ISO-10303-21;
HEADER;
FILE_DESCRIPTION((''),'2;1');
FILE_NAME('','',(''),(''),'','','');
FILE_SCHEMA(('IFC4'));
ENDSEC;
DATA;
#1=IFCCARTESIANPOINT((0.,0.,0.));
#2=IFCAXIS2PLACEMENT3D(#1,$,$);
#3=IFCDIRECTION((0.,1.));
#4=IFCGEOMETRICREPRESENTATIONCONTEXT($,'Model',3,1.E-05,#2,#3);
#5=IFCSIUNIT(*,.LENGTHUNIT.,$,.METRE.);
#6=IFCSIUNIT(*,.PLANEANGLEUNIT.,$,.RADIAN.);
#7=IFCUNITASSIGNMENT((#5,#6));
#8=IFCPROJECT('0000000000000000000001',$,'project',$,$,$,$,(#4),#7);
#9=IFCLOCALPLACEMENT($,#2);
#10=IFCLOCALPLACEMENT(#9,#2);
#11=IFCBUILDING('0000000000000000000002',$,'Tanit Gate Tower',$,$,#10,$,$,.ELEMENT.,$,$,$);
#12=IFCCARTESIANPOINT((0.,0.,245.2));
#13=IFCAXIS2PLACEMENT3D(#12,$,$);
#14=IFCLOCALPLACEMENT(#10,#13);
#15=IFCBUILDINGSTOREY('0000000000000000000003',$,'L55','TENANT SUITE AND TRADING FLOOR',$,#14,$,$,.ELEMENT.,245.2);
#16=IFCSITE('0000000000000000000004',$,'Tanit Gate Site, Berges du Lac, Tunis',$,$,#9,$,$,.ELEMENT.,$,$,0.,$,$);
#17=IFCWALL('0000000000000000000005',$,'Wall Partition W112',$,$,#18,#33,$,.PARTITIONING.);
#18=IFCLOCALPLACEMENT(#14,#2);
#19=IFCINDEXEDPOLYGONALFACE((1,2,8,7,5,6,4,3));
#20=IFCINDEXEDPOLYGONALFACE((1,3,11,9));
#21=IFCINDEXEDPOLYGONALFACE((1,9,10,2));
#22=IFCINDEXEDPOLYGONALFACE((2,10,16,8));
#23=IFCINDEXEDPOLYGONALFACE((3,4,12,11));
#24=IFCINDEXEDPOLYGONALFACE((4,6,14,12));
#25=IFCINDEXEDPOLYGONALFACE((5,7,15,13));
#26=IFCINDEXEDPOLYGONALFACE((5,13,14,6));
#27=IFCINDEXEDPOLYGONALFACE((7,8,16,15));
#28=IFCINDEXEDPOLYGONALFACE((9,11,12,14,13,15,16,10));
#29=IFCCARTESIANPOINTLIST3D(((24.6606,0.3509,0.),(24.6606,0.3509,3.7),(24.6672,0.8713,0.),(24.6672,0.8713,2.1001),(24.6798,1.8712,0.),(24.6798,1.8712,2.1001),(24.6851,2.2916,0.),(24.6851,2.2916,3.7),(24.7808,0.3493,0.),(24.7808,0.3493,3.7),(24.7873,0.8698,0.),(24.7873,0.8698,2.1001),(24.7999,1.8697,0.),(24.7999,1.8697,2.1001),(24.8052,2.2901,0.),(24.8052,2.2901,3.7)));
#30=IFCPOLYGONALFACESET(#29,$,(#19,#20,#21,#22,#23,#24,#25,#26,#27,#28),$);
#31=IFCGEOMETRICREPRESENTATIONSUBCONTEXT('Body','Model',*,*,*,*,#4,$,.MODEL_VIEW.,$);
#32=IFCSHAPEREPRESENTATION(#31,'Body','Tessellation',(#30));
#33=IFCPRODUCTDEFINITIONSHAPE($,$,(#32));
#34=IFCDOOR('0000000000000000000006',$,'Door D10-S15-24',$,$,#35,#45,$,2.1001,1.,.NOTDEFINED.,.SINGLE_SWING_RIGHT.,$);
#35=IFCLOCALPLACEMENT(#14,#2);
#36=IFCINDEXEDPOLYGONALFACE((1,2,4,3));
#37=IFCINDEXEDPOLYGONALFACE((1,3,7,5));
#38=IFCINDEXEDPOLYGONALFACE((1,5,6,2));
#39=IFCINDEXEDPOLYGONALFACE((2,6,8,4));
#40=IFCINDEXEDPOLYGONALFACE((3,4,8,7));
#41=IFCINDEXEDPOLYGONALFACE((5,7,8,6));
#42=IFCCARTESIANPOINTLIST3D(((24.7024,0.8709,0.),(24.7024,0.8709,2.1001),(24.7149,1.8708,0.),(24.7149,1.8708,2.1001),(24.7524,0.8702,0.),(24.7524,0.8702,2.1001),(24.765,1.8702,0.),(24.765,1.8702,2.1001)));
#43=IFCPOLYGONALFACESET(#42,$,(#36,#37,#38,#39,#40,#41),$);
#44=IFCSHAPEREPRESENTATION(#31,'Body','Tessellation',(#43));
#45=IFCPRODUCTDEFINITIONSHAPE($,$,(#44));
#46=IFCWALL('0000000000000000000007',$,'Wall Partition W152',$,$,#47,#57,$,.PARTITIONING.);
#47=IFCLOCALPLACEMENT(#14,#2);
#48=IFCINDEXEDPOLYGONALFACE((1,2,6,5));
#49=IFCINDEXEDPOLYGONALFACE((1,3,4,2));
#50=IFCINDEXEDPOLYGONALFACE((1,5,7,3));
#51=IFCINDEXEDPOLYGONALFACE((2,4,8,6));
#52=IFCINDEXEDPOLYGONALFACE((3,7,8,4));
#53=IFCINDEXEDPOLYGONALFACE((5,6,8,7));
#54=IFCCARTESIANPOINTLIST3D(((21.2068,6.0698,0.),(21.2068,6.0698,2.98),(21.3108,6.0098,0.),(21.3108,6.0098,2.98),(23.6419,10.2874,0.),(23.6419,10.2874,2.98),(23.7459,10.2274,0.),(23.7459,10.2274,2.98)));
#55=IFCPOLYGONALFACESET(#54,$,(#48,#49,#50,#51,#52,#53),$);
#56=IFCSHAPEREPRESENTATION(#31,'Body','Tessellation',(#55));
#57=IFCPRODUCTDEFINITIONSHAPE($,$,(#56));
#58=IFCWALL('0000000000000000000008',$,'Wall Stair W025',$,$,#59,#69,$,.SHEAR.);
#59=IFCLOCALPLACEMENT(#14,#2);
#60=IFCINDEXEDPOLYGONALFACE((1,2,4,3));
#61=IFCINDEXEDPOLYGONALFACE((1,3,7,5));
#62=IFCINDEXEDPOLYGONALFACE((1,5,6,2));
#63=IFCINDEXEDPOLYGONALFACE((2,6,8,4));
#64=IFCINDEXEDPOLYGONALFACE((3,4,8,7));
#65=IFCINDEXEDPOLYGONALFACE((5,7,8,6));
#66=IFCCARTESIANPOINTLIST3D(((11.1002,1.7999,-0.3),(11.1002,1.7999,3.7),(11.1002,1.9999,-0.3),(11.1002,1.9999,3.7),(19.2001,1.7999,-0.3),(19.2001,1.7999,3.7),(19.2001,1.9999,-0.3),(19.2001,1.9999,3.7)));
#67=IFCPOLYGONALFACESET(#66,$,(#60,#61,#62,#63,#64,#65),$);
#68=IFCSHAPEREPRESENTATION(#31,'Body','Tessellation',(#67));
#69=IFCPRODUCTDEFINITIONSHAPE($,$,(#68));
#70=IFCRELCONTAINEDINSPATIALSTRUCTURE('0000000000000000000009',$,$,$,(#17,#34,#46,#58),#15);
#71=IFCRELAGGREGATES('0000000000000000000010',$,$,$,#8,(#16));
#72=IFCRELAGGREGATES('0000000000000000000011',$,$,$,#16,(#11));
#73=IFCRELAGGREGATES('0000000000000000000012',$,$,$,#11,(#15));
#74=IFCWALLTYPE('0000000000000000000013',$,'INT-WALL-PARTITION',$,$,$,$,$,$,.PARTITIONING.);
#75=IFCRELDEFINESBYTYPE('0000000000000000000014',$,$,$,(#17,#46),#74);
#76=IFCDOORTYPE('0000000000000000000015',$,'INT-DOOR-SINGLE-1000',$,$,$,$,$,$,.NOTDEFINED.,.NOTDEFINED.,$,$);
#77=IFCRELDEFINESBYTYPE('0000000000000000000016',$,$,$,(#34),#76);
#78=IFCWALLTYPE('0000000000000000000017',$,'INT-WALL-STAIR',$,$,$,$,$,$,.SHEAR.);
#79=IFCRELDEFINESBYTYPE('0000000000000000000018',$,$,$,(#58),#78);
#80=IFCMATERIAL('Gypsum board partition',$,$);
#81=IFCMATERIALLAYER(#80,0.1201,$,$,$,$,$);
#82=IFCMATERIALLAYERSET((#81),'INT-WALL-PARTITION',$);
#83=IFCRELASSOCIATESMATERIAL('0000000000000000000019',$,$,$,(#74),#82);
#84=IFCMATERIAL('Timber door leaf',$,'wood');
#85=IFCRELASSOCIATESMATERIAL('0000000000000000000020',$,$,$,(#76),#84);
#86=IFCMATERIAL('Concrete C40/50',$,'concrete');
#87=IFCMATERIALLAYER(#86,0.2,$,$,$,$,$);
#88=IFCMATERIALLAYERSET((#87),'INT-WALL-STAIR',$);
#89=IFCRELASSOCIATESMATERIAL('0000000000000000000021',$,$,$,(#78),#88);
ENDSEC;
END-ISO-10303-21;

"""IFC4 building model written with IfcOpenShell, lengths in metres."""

from ifc_helpers import new_model, si_unit, direction, frame, frame_2d, origin, place, context, subcontext, project, spatial, rectangle, extrude, material, layer, layer_set, type_object, element, fill, save


model = new_model("IFC4")

# Units and contexts
model_context = context("Model", 3, precision=1e-05, world=origin(), true_north=direction((0.0, 1.0)))
body_context = subcontext(model_context, "Body", "Model", "MODEL_VIEW")
ifc_project = project(units=[si_unit("LENGTHUNIT", "METRE"), si_unit("PLANEANGLEUNIT", "RADIAN")], contexts=[model_context])

# Site, building, storey
site_placement = place(None, origin())
site = spatial("IfcSite", under=ifc_project, at=site_placement, Name="Tanit Gate Site, Berges du Lac, Tunis", CompositionType="ELEMENT", RefElevation=0.0)
building_placement = place(site_placement, origin())
building = spatial("IfcBuilding", under=site, at=building_placement, Name="Tanit Gate Tower", CompositionType="ELEMENT")
storey_placement = place(building_placement, frame((0.0, 0.0, 245.2)))
storey = spatial("IfcBuildingStorey", under=building, at=storey_placement, Name="L55", Description="TENANT SUITE AND TRADING FLOOR", CompositionType="ELEMENT", Elevation=245.2)

# Shared definitions
ifc_material_1 = material(Name="Gypsum board partition")
ifc_layer_1 = layer(ifc_material_1, 0.1201)
ifc_layer_set_1 = layer_set([ifc_layer_1], Name="INT-WALL-PARTITION")
wall_type_1 = type_object("IfcWallType", Name="INT-WALL-PARTITION", PredefinedType="PARTITIONING", material=ifc_layer_set_1)

# Wall, opening, door
wall_1_placement = place(storey_placement, frame((24.7207, 0.3501, 0.0), z_axis=(0.0, 0.0, 1.0), x_axis=(0.012579, 0.999921, 0.0)))
wall_1 = element("IfcWall", 1, at=wall_1_placement, inside=storey, type_object=wall_type_1, Name="Wall Partition W112", PredefinedType="PARTITIONING", context=body_context, shape_type="SweptSolid", body=[
    extrude(rectangle(XDim=1.9409, YDim=0.1201, at=frame_2d((0.9705, 0.0))), origin(), (0.0, 0.0, 1.0), 3.7),
])
opening_1_placement = place(wall_1_placement, frame((0.5205, 0.0, 0.0)))
opening_1 = element("IfcOpeningElement", 2, at=opening_1_placement, cuts=wall_1, PredefinedType="OPENING", context=body_context, shape_type="SweptSolid", body=[
    extrude(rectangle(XDim=1.0, YDim=2.1001, at=frame_2d((0.5, 1.05))), frame((0.0, 0.0701, 0.0), z_axis=(0.0, -1.0, 0.0), x_axis=(1.0, 0.0, 0.0)), (0.0, 0.0, 1.0), 0.1401),
])
ifc_material_2 = material(Name="Timber door leaf", Category="wood")
door_type_1 = type_object("IfcDoorType", Name="INT-DOOR-SINGLE-1000", OperationType="NOTDEFINED", PredefinedType="NOTDEFINED", material=ifc_material_2)
door_1_placement = place(opening_1_placement, origin())
door_1 = element("IfcDoor", 3, at=door_1_placement, inside=storey, type_object=door_type_1, Name="Door D10-S15-24", OperationType="SINGLE_SWING_RIGHT", OverallHeight=2.1001, OverallWidth=1.0, PredefinedType="NOTDEFINED", context=body_context, shape_type="SweptSolid", body=[
    extrude(rectangle(XDim=1.0, YDim=2.1001, at=frame_2d((0.5, 1.05))), frame((0.0, 0.0249, 0.0), z_axis=(0.0, -1.0, 0.0), x_axis=(1.0, 0.0, 0.0)), (0.0, 0.0, 1.0), 0.05),
])
fill(opening_1, door_1)

# Walls
wall_2_placement = place(storey_placement, frame((21.2588, 6.0398, 0.0), z_axis=(0.0, 0.0, 1.0), x_axis=(0.50001, 0.866019, 0.0)))
element("IfcWall", 4, at=wall_2_placement, inside=storey, type_object=wall_type_1, Name="Wall Partition W152", PredefinedType="PARTITIONING", context=body_context, shape_type="SweptSolid", body=[
    extrude(rectangle(XDim=4.8701, YDim=0.1201, at=frame_2d((2.4351, 0.0))), origin(), (0.0, 0.0, 1.0), 2.98),
])
ifc_material_3 = material(Name="Concrete C40/50", Category="concrete")
ifc_layer_2 = layer(ifc_material_3, 0.2)
ifc_layer_set_2 = layer_set([ifc_layer_2], Name="INT-WALL-STAIR")
wall_type_2 = type_object("IfcWallType", Name="INT-WALL-STAIR", PredefinedType="SHEAR", material=ifc_layer_set_2)
wall_3_placement = place(storey_placement, frame((19.2, 1.8999, -0.3), z_axis=(0.0, 0.0, 1.0), x_axis=(-1.0, 0.0, 0.0)))
element("IfcWall", 5, at=wall_3_placement, inside=storey, type_object=wall_type_2, Name="Wall Stair W025", PredefinedType="SHEAR", context=body_context, shape_type="SweptSolid", body=[
    extrude(rectangle(XDim=8.0999, YDim=0.2, at=frame_2d((4.0498, 0.0))), origin(), (0.0, 0.0, 1.0), 4.0),
])

save(model, "model.ifc")
